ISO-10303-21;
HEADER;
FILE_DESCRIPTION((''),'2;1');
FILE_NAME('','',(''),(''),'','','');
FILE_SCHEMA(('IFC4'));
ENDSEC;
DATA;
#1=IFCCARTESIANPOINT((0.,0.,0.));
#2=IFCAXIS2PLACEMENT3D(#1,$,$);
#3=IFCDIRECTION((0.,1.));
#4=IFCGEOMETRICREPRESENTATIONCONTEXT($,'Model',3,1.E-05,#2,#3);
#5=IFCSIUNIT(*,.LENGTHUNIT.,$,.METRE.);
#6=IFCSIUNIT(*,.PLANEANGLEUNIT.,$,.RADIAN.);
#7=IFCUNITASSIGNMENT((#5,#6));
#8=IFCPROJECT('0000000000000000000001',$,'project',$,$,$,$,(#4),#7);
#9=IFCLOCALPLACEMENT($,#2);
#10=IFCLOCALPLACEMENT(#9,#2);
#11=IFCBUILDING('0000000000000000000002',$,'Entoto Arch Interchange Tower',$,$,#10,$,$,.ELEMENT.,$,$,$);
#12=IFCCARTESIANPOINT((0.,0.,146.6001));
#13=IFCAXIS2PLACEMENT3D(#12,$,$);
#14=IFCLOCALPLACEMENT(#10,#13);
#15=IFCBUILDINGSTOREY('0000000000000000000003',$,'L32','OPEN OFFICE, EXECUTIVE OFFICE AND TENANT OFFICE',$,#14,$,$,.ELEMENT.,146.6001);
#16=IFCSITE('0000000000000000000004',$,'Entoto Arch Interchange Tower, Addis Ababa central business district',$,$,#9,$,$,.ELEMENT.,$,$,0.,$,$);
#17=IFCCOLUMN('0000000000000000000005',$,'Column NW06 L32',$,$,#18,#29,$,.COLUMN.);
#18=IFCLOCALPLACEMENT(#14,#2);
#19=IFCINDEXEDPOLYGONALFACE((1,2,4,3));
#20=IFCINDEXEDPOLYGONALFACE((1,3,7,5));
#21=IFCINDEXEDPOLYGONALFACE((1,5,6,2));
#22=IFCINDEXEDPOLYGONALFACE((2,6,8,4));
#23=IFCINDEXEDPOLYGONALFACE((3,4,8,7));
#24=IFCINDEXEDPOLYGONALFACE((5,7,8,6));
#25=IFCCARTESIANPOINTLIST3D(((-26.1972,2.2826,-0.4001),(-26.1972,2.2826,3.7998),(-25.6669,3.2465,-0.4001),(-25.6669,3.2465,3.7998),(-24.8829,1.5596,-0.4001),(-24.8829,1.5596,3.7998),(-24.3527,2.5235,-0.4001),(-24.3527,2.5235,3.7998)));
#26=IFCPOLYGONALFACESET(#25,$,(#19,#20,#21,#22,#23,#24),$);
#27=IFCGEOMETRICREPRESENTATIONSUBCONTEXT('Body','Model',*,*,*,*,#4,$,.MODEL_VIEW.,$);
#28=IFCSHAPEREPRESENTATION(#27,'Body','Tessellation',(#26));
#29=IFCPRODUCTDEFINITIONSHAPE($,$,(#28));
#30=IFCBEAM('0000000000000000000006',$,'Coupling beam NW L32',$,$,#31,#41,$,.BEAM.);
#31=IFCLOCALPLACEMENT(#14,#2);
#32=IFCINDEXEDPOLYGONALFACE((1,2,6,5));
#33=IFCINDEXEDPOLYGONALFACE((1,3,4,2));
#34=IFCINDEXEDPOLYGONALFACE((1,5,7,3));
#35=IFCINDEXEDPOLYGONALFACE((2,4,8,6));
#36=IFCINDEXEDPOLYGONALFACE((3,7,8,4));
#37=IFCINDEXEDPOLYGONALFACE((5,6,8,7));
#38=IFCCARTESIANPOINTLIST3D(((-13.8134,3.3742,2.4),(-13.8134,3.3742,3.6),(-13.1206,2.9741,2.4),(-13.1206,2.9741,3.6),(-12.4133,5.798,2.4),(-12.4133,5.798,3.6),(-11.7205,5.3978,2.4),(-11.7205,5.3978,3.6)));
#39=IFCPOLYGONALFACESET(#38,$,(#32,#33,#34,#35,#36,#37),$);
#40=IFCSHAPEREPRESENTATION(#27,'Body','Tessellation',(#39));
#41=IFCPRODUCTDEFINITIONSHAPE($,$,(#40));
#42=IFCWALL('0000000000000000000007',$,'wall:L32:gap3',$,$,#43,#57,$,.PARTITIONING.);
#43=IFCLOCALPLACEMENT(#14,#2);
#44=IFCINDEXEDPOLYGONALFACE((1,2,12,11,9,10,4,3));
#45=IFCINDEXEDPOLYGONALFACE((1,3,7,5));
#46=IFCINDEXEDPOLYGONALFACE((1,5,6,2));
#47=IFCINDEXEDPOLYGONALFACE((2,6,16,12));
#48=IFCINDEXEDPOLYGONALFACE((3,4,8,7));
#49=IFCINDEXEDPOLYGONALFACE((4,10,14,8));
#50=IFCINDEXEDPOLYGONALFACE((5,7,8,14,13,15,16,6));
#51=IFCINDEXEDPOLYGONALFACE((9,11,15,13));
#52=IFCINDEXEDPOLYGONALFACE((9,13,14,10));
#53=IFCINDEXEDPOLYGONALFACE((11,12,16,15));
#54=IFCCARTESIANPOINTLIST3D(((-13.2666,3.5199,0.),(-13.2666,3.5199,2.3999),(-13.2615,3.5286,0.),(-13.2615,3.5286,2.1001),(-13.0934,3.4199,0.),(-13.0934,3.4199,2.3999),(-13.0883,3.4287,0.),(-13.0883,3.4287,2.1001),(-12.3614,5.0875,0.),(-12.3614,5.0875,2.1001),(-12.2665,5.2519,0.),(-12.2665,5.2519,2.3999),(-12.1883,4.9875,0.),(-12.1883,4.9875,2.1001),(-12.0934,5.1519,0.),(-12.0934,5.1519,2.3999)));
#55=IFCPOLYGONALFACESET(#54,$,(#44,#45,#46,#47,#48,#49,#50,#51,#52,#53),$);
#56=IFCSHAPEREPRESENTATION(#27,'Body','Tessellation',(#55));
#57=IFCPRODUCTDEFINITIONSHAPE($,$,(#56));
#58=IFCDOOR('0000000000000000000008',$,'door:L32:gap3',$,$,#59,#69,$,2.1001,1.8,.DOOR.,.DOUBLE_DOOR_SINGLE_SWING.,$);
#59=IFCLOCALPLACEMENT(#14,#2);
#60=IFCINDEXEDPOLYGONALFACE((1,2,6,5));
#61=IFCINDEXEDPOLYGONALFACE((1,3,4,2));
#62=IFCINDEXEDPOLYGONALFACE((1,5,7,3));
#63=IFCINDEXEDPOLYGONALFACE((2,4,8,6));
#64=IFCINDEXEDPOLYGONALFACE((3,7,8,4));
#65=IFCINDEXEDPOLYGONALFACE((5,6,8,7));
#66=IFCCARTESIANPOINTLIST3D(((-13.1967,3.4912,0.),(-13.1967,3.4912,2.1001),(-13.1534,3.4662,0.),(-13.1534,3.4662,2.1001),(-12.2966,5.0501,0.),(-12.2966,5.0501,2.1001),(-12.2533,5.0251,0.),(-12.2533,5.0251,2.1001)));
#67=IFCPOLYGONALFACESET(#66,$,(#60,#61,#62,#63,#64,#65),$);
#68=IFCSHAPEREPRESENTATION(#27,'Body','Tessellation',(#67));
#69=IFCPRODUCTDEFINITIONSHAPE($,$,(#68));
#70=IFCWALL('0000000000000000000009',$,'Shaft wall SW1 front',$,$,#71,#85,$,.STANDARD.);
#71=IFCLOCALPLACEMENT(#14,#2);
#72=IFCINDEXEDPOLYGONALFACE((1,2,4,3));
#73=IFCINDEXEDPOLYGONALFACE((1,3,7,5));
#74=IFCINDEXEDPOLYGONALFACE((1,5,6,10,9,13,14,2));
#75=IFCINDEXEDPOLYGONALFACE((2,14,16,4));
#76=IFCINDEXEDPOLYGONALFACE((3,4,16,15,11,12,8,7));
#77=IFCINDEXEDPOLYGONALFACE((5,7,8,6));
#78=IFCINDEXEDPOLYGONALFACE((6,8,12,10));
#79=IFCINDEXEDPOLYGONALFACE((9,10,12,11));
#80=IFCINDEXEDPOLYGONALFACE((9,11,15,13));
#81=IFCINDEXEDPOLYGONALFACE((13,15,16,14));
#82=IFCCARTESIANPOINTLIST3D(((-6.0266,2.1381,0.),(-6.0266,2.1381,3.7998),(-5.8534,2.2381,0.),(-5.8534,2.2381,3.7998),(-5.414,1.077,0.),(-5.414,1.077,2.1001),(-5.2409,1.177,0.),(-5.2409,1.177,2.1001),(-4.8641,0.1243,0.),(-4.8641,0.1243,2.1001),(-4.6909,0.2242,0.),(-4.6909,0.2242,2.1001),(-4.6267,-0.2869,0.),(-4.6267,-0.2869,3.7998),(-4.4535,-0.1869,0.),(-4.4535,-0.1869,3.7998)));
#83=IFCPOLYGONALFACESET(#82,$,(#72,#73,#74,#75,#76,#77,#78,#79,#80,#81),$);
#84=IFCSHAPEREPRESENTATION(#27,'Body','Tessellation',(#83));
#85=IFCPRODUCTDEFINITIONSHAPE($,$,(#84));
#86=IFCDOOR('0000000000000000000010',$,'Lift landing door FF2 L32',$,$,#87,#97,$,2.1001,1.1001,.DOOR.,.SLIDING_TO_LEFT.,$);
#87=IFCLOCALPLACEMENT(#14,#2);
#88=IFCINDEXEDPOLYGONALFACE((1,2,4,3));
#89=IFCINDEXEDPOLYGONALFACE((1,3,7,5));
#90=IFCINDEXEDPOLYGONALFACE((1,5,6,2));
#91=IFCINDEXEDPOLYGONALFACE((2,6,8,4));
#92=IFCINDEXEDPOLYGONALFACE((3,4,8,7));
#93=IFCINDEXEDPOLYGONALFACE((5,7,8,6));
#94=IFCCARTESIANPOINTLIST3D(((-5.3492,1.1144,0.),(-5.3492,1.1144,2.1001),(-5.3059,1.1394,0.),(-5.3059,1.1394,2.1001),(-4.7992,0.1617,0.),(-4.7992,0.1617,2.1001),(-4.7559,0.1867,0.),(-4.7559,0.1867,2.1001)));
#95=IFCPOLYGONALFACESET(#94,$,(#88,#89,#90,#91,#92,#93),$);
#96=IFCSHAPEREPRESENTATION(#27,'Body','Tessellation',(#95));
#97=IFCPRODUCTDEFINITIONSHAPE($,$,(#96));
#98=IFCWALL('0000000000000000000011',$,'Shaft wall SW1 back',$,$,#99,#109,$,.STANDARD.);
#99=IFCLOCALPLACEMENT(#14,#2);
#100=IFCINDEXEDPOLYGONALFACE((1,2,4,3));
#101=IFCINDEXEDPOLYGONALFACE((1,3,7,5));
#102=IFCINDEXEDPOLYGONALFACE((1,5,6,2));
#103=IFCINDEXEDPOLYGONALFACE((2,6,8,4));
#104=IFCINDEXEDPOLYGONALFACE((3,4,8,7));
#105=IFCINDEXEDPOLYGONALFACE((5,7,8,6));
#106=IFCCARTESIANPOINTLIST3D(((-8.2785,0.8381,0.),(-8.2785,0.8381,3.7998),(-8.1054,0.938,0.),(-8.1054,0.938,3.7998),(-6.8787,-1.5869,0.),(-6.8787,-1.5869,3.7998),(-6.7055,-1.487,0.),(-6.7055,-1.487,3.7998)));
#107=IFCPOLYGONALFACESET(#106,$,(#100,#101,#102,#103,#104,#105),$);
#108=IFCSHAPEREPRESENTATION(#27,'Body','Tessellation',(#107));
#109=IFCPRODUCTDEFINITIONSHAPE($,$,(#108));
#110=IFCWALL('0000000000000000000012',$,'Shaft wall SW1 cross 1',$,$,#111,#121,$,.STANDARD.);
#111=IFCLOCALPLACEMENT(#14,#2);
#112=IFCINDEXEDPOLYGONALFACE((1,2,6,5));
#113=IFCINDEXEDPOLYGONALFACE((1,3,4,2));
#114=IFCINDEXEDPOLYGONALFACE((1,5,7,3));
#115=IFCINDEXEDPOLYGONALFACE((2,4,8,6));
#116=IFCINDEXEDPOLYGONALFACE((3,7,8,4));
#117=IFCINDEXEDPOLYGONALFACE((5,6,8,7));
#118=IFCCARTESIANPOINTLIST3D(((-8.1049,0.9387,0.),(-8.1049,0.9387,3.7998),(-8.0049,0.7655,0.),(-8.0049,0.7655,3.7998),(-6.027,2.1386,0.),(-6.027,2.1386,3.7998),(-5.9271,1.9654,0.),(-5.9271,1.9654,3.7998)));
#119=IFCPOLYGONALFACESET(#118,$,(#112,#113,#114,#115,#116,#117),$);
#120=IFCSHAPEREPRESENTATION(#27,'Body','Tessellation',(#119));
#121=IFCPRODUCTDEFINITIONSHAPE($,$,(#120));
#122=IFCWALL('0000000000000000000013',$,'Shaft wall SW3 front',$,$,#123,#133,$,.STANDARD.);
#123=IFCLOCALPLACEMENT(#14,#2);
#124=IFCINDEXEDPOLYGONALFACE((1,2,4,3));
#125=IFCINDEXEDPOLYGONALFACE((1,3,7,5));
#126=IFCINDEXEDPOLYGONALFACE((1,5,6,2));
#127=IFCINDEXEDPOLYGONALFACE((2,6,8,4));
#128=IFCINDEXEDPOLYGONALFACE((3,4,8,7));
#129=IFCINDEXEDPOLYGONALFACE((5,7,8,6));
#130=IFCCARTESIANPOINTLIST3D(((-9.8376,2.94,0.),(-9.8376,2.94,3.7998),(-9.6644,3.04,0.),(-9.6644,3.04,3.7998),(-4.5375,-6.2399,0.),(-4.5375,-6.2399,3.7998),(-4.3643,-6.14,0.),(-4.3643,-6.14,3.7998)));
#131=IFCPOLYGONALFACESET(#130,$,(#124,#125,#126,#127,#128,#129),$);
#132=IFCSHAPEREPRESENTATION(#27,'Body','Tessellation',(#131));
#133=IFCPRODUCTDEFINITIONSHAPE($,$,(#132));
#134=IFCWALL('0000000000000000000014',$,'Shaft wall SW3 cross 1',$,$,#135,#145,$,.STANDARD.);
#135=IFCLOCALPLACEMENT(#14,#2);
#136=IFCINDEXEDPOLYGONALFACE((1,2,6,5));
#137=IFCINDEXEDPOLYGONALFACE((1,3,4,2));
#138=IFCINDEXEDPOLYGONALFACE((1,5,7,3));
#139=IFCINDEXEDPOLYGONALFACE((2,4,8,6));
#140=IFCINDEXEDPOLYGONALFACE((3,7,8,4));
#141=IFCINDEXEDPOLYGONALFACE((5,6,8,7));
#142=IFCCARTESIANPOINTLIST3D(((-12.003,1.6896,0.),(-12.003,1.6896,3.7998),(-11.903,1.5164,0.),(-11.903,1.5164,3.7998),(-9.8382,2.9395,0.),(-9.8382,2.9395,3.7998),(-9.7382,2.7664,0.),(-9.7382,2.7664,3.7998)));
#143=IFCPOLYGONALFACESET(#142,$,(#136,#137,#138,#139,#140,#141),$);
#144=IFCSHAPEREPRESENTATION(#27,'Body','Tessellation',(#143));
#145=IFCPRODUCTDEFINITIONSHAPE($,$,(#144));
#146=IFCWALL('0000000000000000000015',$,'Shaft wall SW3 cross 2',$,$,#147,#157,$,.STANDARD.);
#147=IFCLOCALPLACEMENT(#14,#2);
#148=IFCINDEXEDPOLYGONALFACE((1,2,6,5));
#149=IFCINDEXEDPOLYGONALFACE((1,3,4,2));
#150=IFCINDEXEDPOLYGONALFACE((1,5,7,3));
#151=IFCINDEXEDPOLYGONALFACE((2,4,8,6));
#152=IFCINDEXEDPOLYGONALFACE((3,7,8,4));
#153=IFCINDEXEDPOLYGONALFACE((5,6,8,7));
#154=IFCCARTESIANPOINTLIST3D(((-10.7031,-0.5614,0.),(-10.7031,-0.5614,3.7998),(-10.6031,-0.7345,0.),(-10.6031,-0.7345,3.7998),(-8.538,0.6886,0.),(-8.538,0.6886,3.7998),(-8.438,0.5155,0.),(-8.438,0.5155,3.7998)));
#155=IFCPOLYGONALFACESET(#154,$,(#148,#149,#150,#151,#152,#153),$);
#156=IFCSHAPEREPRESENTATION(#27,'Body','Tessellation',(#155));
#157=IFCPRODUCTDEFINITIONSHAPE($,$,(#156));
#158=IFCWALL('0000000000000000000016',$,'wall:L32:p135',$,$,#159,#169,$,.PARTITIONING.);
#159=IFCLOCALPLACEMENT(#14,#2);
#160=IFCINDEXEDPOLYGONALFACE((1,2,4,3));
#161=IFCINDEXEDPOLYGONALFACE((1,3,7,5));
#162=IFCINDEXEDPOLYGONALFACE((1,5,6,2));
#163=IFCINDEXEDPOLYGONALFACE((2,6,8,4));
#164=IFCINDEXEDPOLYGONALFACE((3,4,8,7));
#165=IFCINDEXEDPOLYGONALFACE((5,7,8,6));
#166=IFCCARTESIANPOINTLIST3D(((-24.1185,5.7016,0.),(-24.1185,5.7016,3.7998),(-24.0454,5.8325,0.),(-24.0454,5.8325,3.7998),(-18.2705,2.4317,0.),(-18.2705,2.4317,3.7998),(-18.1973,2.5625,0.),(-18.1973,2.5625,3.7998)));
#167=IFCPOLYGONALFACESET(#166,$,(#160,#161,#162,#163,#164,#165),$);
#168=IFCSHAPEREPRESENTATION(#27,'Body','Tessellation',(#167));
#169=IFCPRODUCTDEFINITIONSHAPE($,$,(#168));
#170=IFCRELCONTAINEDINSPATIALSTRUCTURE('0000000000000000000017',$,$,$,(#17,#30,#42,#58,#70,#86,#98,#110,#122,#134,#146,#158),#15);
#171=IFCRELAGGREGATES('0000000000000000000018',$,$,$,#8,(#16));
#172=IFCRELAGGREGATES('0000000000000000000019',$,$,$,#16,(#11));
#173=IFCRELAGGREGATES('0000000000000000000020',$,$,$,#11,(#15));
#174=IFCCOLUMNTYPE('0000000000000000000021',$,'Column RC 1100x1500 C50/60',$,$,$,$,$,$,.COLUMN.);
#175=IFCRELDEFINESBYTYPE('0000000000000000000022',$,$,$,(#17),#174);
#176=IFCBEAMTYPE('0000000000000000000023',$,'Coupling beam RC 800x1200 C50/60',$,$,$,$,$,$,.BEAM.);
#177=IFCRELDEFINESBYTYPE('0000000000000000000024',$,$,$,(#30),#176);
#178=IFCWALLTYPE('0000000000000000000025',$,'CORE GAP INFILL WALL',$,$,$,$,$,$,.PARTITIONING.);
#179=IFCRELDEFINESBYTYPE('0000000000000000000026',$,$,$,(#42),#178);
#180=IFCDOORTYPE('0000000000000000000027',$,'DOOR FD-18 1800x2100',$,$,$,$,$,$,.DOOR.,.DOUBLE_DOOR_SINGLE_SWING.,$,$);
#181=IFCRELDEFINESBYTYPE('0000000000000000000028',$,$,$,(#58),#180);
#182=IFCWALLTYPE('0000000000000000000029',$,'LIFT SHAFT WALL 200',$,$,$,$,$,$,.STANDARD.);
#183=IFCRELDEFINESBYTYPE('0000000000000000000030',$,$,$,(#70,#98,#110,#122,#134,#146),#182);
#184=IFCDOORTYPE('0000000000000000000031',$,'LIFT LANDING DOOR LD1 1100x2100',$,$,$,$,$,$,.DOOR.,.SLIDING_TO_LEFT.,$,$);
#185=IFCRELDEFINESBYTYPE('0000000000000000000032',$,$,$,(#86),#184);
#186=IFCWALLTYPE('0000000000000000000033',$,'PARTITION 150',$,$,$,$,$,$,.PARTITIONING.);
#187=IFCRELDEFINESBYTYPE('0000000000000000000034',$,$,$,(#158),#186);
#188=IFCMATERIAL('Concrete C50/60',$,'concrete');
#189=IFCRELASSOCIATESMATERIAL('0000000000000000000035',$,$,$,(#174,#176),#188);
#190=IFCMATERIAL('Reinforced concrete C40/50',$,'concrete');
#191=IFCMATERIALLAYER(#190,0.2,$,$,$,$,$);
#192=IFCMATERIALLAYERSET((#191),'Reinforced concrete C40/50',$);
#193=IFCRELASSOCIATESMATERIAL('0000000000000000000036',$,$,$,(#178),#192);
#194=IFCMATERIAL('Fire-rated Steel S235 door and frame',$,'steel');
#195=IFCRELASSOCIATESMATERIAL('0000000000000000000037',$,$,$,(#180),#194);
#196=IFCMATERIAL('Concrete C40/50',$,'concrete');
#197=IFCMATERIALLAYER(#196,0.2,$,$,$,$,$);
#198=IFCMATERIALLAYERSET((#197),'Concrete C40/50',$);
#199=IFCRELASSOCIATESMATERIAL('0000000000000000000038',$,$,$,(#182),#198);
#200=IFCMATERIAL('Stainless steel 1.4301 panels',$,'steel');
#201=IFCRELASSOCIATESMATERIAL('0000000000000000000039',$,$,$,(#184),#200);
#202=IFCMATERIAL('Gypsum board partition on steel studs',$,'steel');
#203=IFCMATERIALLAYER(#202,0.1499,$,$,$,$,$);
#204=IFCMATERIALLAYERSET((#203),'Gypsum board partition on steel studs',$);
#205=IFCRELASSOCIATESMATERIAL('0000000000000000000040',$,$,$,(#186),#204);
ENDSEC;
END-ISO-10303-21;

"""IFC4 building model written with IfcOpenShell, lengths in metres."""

from ifc_helpers import new_model, si_unit, direction, frame, frame_2d, origin, origin_2d, place, context, subcontext, project, spatial, rectangle, extrude, material, layer, layer_set, material_profile, profile_set, type_object, element, fill, save


model = new_model("IFC4")

# Units and contexts
model_context = context("Model", 3, precision=1e-05, world=origin(), true_north=direction((0.0, 1.0)))
body_context = subcontext(model_context, "Body", "Model", "MODEL_VIEW")
ifc_project = project(units=[si_unit("LENGTHUNIT", "METRE"), si_unit("PLANEANGLEUNIT", "RADIAN")], contexts=[model_context])

# Site, building, storey
site_placement = place(None, origin())
site = spatial("IfcSite", under=ifc_project, at=site_placement, Name="Entoto Arch Interchange Tower, Addis Ababa central business district", CompositionType="ELEMENT", RefElevation=0.0)
building_placement = place(site_placement, origin())
building = spatial("IfcBuilding", under=site, at=building_placement, Name="Entoto Arch Interchange Tower", CompositionType="ELEMENT")
storey_placement = place(building_placement, frame((0.0, 0.0, 146.6001)))
storey = spatial("IfcBuildingStorey", under=building, at=storey_placement, Name="L32", Description="OPEN OFFICE, EXECUTIVE OFFICE AND TENANT OFFICE", CompositionType="ELEMENT", Elevation=146.6001)

# Column
ifc_material_1 = material(Name="Concrete C50/60", Category="concrete")
ifc_material_profile_1 = material_profile(ifc_material_1, rectangle(XDim=1.1001, YDim=1.5, at=origin_2d()))
ifc_profile_set_1 = profile_set([ifc_material_profile_1], Name="Concrete C50/60")
column_type = type_object("IfcColumnType", Name="Column RC 1100x1500 C50/60", PredefinedType="COLUMN", material=ifc_profile_set_1)
column_placement = place(storey_placement, frame((-25.2749, 2.4031, -0.4001), z_axis=(0.0, 0.0, 1.0), x_axis=(0.481983, 0.876181, 0.0)))
element("IfcColumn", 1, at=column_placement, inside=storey, type_object=column_type, Name="Column NW06 L32", PredefinedType="COLUMN", context=body_context, shape_type="SweptSolid", body=[
    extrude(rectangle(XDim=1.1001, YDim=1.5, at=origin_2d()), origin(), (0.0, 0.0, 1.0), 4.2),
])

# Beam
ifc_material_profile_2 = material_profile(ifc_material_1, rectangle(XDim=0.8, YDim=1.2, at=origin_2d()))
ifc_profile_set_2 = profile_set([ifc_material_profile_2], Name="Concrete C50/60")
beam_type = type_object("IfcBeamType", Name="Coupling beam RC 800x1200 C50/60", PredefinedType="BEAM", material=ifc_profile_set_2)
beam_placement = place(storey_placement, frame((-12.0669, 5.5979, 3.0), z_axis=(-0.500201, -0.86591, 0.0), x_axis=(0.86591, -0.500201, 0.0)))
element("IfcBeam", 2, at=beam_placement, inside=storey, type_object=beam_type, Name="Coupling beam NW L32", PredefinedType="BEAM", context=body_context, shape_type="SweptSolid", body=[
    extrude(rectangle(XDim=0.8, YDim=1.2, at=origin_2d()), origin(), (0.0, 0.0, 1.0), 2.7991),
])

# Walls, openings, doors
ifc_material_2 = material(Name="Reinforced concrete C40/50", Category="concrete")
ifc_layer_1 = layer(ifc_material_2, 0.2)
ifc_layer_set_1 = layer_set([ifc_layer_1], Name="Reinforced concrete C40/50")
wall_type_1 = type_object("IfcWallType", Name="CORE GAP INFILL WALL", PredefinedType="PARTITIONING", material=ifc_layer_set_1)
wall_1_placement = place(storey_placement, frame((-12.1799, 5.2019, 0.0), z_axis=(0.0, 0.0, 1.0), x_axis=(-0.500025, -0.866011, 0.0)))
wall_1 = element("IfcWall", 3, at=wall_1_placement, inside=storey, type_object=wall_type_1, Name="wall:L32:gap3", PredefinedType="PARTITIONING", context=body_context, shape_type="SweptSolid", body=[
    extrude(rectangle(XDim=2.0, YDim=0.2, at=frame_2d((1.0, 0.0))), origin(), (0.0, 0.0, 1.0), 2.3999),
])
opening_1_placement = place(wall_1_placement, frame((0.1899, 0.0, 0.0)))
opening_1 = element("IfcOpeningElement", 4, at=opening_1_placement, cuts=wall_1, PredefinedType="OPENING", context=body_context, shape_type="SweptSolid", body=[
    extrude(rectangle(XDim=1.8, YDim=2.1001, at=frame_2d((0.8999, 1.05))), frame((0.0, 0.1099, 0.0), z_axis=(0.0, -1.0, 0.0), x_axis=(1.0, 0.0, 0.0)), (0.0, 0.0, 1.0), 0.22),
])
ifc_material_3 = material(Name="Fire-rated Steel S235 door and frame", Category="steel")
door_type_1 = type_object("IfcDoorType", Name="DOOR FD-18 1800x2100", OperationType="DOUBLE_DOOR_SINGLE_SWING", PredefinedType="DOOR", material=ifc_material_3)
door_1_placement = place(opening_1_placement, origin())
door_1 = element("IfcDoor", 5, at=door_1_placement, inside=storey, type_object=door_type_1, Name="door:L32:gap3", OperationType="DOUBLE_DOOR_SINGLE_SWING", OverallHeight=2.1001, OverallWidth=1.8, PredefinedType="DOOR", context=body_context, shape_type="SweptSolid", body=[
    extrude(rectangle(XDim=1.8, YDim=2.1001, at=frame_2d((0.8999, 1.05))), frame((0.0, 0.0249, 0.0), z_axis=(0.0, -1.0, 0.0), x_axis=(1.0, 0.0, 0.0)), (0.0, 0.0, 1.0), 0.05),
])
fill(opening_1, door_1)
ifc_material_4 = material(Name="Concrete C40/50", Category="concrete")
ifc_layer_2 = layer(ifc_material_4, 0.2)
ifc_layer_set_2 = layer_set([ifc_layer_2], Name="Concrete C40/50")
wall_type_2 = type_object("IfcWallType", Name="LIFT SHAFT WALL 200", PredefinedType="STANDARD", material=ifc_layer_set_2)
wall_2_placement = place(storey_placement, frame((-5.9399, 2.188, 0.0), z_axis=(0.0, 0.0, 1.0), x_axis=(0.499946, -0.866056, 0.0)))
wall_2 = element("IfcWall", 6, at=wall_2_placement, inside=storey, type_object=wall_type_2, Name="Shaft wall SW1 front", PredefinedType="STANDARD", context=body_context, shape_type="SweptSolid", body=[
    extrude(rectangle(XDim=2.8, YDim=0.2, at=frame_2d((1.3999, 0.0))), origin(), (0.0, 0.0, 1.0), 3.7998),
])
opening_2_placement = place(wall_2_placement, frame((1.2251, 0.0, 0.0)))
opening_2 = element("IfcOpeningElement", 7, at=opening_2_placement, cuts=wall_2, PredefinedType="OPENING", context=body_context, shape_type="SweptSolid", body=[
    extrude(rectangle(XDim=1.1001, YDim=2.1001, at=frame_2d((0.55, 1.05))), frame((0.0, 0.1099, 0.0), z_axis=(0.0, -1.0, 0.0), x_axis=(1.0, 0.0, 0.0)), (0.0, 0.0, 1.0), 0.22),
])
ifc_material_5 = material(Name="Stainless steel 1.4301 panels", Category="steel")
door_type_2 = type_object("IfcDoorType", Name="LIFT LANDING DOOR LD1 1100x2100", OperationType="SLIDING_TO_LEFT", PredefinedType="DOOR", material=ifc_material_5)
door_2_placement = place(opening_2_placement, origin())
door_2 = element("IfcDoor", 8, at=door_2_placement, inside=storey, type_object=door_type_2, Name="Lift landing door FF2 L32", OperationType="SLIDING_TO_LEFT", OverallHeight=2.1001, OverallWidth=1.1001, PredefinedType="DOOR", context=body_context, shape_type="SweptSolid", body=[
    extrude(rectangle(XDim=1.1001, YDim=2.1001, at=frame_2d((0.55, 1.05))), frame((0.0, 0.0249, 0.0), z_axis=(0.0, -1.0, 0.0), x_axis=(1.0, 0.0, 0.0)), (0.0, 0.0, 1.0), 0.05),
])
fill(opening_2, door_2)

# Walls
wall_3_placement = place(storey_placement, frame((-8.1919, 0.8879, 0.0), z_axis=(0.0, 0.0, 1.0), x_axis=(0.499946, -0.866056, 0.0)))
element("IfcWall", 9, at=wall_3_placement, inside=storey, type_object=wall_type_2, Name="Shaft wall SW1 back", PredefinedType="STANDARD", context=body_context, shape_type="SweptSolid", body=[
    extrude(rectangle(XDim=2.8, YDim=0.2, at=frame_2d((1.3999, 0.0))), origin(), (0.0, 0.0, 1.0), 3.7998),
])
wall_4_placement = place(storey_placement, frame((-5.9771, 2.052, 0.0), z_axis=(0.0, 0.0, 1.0), x_axis=(-0.865974, -0.500089, 0.0)))
element("IfcWall", 10, at=wall_4_placement, inside=storey, type_object=wall_type_2, Name="Shaft wall SW1 cross 1", PredefinedType="STANDARD", context=body_context, shape_type="SweptSolid", body=[
    extrude(rectangle(XDim=2.3994, YDim=0.2, at=frame_2d((1.1997, 0.0))), origin(), (0.0, 0.0, 1.0), 3.7998),
])
wall_5_placement = place(storey_placement, frame((-9.751, 2.99, 0.0), z_axis=(0.0, 0.0, 1.0), x_axis=(0.500001, -0.866025, 0.0)))
element("IfcWall", 11, at=wall_5_placement, inside=storey, type_object=wall_type_2, Name="Shaft wall SW3 front", PredefinedType="STANDARD", context=body_context, shape_type="SweptSolid", body=[
    extrude(rectangle(XDim=10.6001, YDim=0.2, at=frame_2d((5.3, 0.0))), origin(), (0.0, 0.0, 1.0), 3.7998),
])
wall_6_placement = place(storey_placement, frame((-9.7881, 2.853, 0.0), z_axis=(0.0, 0.0, 1.0), x_axis=(-0.865999, -0.500047, 0.0)))
element("IfcWall", 12, at=wall_6_placement, inside=storey, type_object=wall_type_2, Name="Shaft wall SW3 cross 1", PredefinedType="STANDARD", context=body_context, shape_type="SweptSolid", body=[
    extrude(rectangle(XDim=2.4998, YDim=0.2, at=frame_2d((1.25, 0.0))), origin(), (0.0, 0.0, 1.0), 3.7998),
])
wall_7_placement = place(storey_placement, frame((-8.488, 0.6021, 0.0), z_axis=(0.0, 0.0, 1.0), x_axis=(-0.866023, -0.500004, 0.0)))
element("IfcWall", 13, at=wall_7_placement, inside=storey, type_object=wall_type_2, Name="Shaft wall SW3 cross 2", PredefinedType="STANDARD", context=body_context, shape_type="SweptSolid", body=[
    extrude(rectangle(XDim=2.5, YDim=0.2, at=frame_2d((1.25, 0.0))), origin(), (0.0, 0.0, 1.0), 3.7998),
])
ifc_material_6 = material(Name="Gypsum board partition on steel studs", Category="steel")
ifc_layer_3 = layer(ifc_material_6, 0.1499)
ifc_layer_set_3 = layer_set([ifc_layer_3], Name="Gypsum board partition on steel studs")
wall_type_3 = type_object("IfcWallType", Name="PARTITION 150", PredefinedType="PARTITIONING", material=ifc_layer_set_3)
wall_8_placement = place(storey_placement, frame((-18.2339, 2.4971, 0.0), z_axis=(0.0, 0.0, 1.0), x_axis=(-0.87282, 0.488042, 0.0)))
element("IfcWall", 14, at=wall_8_placement, inside=storey, type_object=wall_type_3, Name="wall:L32:p135", PredefinedType="PARTITIONING", context=body_context, shape_type="SweptSolid", body=[
    extrude(rectangle(XDim=6.7002, YDim=0.1499, at=frame_2d((3.3501, 0.0))), origin(), (0.0, 0.0, 1.0), 3.7998),
])

save(model, "model.ifc")
